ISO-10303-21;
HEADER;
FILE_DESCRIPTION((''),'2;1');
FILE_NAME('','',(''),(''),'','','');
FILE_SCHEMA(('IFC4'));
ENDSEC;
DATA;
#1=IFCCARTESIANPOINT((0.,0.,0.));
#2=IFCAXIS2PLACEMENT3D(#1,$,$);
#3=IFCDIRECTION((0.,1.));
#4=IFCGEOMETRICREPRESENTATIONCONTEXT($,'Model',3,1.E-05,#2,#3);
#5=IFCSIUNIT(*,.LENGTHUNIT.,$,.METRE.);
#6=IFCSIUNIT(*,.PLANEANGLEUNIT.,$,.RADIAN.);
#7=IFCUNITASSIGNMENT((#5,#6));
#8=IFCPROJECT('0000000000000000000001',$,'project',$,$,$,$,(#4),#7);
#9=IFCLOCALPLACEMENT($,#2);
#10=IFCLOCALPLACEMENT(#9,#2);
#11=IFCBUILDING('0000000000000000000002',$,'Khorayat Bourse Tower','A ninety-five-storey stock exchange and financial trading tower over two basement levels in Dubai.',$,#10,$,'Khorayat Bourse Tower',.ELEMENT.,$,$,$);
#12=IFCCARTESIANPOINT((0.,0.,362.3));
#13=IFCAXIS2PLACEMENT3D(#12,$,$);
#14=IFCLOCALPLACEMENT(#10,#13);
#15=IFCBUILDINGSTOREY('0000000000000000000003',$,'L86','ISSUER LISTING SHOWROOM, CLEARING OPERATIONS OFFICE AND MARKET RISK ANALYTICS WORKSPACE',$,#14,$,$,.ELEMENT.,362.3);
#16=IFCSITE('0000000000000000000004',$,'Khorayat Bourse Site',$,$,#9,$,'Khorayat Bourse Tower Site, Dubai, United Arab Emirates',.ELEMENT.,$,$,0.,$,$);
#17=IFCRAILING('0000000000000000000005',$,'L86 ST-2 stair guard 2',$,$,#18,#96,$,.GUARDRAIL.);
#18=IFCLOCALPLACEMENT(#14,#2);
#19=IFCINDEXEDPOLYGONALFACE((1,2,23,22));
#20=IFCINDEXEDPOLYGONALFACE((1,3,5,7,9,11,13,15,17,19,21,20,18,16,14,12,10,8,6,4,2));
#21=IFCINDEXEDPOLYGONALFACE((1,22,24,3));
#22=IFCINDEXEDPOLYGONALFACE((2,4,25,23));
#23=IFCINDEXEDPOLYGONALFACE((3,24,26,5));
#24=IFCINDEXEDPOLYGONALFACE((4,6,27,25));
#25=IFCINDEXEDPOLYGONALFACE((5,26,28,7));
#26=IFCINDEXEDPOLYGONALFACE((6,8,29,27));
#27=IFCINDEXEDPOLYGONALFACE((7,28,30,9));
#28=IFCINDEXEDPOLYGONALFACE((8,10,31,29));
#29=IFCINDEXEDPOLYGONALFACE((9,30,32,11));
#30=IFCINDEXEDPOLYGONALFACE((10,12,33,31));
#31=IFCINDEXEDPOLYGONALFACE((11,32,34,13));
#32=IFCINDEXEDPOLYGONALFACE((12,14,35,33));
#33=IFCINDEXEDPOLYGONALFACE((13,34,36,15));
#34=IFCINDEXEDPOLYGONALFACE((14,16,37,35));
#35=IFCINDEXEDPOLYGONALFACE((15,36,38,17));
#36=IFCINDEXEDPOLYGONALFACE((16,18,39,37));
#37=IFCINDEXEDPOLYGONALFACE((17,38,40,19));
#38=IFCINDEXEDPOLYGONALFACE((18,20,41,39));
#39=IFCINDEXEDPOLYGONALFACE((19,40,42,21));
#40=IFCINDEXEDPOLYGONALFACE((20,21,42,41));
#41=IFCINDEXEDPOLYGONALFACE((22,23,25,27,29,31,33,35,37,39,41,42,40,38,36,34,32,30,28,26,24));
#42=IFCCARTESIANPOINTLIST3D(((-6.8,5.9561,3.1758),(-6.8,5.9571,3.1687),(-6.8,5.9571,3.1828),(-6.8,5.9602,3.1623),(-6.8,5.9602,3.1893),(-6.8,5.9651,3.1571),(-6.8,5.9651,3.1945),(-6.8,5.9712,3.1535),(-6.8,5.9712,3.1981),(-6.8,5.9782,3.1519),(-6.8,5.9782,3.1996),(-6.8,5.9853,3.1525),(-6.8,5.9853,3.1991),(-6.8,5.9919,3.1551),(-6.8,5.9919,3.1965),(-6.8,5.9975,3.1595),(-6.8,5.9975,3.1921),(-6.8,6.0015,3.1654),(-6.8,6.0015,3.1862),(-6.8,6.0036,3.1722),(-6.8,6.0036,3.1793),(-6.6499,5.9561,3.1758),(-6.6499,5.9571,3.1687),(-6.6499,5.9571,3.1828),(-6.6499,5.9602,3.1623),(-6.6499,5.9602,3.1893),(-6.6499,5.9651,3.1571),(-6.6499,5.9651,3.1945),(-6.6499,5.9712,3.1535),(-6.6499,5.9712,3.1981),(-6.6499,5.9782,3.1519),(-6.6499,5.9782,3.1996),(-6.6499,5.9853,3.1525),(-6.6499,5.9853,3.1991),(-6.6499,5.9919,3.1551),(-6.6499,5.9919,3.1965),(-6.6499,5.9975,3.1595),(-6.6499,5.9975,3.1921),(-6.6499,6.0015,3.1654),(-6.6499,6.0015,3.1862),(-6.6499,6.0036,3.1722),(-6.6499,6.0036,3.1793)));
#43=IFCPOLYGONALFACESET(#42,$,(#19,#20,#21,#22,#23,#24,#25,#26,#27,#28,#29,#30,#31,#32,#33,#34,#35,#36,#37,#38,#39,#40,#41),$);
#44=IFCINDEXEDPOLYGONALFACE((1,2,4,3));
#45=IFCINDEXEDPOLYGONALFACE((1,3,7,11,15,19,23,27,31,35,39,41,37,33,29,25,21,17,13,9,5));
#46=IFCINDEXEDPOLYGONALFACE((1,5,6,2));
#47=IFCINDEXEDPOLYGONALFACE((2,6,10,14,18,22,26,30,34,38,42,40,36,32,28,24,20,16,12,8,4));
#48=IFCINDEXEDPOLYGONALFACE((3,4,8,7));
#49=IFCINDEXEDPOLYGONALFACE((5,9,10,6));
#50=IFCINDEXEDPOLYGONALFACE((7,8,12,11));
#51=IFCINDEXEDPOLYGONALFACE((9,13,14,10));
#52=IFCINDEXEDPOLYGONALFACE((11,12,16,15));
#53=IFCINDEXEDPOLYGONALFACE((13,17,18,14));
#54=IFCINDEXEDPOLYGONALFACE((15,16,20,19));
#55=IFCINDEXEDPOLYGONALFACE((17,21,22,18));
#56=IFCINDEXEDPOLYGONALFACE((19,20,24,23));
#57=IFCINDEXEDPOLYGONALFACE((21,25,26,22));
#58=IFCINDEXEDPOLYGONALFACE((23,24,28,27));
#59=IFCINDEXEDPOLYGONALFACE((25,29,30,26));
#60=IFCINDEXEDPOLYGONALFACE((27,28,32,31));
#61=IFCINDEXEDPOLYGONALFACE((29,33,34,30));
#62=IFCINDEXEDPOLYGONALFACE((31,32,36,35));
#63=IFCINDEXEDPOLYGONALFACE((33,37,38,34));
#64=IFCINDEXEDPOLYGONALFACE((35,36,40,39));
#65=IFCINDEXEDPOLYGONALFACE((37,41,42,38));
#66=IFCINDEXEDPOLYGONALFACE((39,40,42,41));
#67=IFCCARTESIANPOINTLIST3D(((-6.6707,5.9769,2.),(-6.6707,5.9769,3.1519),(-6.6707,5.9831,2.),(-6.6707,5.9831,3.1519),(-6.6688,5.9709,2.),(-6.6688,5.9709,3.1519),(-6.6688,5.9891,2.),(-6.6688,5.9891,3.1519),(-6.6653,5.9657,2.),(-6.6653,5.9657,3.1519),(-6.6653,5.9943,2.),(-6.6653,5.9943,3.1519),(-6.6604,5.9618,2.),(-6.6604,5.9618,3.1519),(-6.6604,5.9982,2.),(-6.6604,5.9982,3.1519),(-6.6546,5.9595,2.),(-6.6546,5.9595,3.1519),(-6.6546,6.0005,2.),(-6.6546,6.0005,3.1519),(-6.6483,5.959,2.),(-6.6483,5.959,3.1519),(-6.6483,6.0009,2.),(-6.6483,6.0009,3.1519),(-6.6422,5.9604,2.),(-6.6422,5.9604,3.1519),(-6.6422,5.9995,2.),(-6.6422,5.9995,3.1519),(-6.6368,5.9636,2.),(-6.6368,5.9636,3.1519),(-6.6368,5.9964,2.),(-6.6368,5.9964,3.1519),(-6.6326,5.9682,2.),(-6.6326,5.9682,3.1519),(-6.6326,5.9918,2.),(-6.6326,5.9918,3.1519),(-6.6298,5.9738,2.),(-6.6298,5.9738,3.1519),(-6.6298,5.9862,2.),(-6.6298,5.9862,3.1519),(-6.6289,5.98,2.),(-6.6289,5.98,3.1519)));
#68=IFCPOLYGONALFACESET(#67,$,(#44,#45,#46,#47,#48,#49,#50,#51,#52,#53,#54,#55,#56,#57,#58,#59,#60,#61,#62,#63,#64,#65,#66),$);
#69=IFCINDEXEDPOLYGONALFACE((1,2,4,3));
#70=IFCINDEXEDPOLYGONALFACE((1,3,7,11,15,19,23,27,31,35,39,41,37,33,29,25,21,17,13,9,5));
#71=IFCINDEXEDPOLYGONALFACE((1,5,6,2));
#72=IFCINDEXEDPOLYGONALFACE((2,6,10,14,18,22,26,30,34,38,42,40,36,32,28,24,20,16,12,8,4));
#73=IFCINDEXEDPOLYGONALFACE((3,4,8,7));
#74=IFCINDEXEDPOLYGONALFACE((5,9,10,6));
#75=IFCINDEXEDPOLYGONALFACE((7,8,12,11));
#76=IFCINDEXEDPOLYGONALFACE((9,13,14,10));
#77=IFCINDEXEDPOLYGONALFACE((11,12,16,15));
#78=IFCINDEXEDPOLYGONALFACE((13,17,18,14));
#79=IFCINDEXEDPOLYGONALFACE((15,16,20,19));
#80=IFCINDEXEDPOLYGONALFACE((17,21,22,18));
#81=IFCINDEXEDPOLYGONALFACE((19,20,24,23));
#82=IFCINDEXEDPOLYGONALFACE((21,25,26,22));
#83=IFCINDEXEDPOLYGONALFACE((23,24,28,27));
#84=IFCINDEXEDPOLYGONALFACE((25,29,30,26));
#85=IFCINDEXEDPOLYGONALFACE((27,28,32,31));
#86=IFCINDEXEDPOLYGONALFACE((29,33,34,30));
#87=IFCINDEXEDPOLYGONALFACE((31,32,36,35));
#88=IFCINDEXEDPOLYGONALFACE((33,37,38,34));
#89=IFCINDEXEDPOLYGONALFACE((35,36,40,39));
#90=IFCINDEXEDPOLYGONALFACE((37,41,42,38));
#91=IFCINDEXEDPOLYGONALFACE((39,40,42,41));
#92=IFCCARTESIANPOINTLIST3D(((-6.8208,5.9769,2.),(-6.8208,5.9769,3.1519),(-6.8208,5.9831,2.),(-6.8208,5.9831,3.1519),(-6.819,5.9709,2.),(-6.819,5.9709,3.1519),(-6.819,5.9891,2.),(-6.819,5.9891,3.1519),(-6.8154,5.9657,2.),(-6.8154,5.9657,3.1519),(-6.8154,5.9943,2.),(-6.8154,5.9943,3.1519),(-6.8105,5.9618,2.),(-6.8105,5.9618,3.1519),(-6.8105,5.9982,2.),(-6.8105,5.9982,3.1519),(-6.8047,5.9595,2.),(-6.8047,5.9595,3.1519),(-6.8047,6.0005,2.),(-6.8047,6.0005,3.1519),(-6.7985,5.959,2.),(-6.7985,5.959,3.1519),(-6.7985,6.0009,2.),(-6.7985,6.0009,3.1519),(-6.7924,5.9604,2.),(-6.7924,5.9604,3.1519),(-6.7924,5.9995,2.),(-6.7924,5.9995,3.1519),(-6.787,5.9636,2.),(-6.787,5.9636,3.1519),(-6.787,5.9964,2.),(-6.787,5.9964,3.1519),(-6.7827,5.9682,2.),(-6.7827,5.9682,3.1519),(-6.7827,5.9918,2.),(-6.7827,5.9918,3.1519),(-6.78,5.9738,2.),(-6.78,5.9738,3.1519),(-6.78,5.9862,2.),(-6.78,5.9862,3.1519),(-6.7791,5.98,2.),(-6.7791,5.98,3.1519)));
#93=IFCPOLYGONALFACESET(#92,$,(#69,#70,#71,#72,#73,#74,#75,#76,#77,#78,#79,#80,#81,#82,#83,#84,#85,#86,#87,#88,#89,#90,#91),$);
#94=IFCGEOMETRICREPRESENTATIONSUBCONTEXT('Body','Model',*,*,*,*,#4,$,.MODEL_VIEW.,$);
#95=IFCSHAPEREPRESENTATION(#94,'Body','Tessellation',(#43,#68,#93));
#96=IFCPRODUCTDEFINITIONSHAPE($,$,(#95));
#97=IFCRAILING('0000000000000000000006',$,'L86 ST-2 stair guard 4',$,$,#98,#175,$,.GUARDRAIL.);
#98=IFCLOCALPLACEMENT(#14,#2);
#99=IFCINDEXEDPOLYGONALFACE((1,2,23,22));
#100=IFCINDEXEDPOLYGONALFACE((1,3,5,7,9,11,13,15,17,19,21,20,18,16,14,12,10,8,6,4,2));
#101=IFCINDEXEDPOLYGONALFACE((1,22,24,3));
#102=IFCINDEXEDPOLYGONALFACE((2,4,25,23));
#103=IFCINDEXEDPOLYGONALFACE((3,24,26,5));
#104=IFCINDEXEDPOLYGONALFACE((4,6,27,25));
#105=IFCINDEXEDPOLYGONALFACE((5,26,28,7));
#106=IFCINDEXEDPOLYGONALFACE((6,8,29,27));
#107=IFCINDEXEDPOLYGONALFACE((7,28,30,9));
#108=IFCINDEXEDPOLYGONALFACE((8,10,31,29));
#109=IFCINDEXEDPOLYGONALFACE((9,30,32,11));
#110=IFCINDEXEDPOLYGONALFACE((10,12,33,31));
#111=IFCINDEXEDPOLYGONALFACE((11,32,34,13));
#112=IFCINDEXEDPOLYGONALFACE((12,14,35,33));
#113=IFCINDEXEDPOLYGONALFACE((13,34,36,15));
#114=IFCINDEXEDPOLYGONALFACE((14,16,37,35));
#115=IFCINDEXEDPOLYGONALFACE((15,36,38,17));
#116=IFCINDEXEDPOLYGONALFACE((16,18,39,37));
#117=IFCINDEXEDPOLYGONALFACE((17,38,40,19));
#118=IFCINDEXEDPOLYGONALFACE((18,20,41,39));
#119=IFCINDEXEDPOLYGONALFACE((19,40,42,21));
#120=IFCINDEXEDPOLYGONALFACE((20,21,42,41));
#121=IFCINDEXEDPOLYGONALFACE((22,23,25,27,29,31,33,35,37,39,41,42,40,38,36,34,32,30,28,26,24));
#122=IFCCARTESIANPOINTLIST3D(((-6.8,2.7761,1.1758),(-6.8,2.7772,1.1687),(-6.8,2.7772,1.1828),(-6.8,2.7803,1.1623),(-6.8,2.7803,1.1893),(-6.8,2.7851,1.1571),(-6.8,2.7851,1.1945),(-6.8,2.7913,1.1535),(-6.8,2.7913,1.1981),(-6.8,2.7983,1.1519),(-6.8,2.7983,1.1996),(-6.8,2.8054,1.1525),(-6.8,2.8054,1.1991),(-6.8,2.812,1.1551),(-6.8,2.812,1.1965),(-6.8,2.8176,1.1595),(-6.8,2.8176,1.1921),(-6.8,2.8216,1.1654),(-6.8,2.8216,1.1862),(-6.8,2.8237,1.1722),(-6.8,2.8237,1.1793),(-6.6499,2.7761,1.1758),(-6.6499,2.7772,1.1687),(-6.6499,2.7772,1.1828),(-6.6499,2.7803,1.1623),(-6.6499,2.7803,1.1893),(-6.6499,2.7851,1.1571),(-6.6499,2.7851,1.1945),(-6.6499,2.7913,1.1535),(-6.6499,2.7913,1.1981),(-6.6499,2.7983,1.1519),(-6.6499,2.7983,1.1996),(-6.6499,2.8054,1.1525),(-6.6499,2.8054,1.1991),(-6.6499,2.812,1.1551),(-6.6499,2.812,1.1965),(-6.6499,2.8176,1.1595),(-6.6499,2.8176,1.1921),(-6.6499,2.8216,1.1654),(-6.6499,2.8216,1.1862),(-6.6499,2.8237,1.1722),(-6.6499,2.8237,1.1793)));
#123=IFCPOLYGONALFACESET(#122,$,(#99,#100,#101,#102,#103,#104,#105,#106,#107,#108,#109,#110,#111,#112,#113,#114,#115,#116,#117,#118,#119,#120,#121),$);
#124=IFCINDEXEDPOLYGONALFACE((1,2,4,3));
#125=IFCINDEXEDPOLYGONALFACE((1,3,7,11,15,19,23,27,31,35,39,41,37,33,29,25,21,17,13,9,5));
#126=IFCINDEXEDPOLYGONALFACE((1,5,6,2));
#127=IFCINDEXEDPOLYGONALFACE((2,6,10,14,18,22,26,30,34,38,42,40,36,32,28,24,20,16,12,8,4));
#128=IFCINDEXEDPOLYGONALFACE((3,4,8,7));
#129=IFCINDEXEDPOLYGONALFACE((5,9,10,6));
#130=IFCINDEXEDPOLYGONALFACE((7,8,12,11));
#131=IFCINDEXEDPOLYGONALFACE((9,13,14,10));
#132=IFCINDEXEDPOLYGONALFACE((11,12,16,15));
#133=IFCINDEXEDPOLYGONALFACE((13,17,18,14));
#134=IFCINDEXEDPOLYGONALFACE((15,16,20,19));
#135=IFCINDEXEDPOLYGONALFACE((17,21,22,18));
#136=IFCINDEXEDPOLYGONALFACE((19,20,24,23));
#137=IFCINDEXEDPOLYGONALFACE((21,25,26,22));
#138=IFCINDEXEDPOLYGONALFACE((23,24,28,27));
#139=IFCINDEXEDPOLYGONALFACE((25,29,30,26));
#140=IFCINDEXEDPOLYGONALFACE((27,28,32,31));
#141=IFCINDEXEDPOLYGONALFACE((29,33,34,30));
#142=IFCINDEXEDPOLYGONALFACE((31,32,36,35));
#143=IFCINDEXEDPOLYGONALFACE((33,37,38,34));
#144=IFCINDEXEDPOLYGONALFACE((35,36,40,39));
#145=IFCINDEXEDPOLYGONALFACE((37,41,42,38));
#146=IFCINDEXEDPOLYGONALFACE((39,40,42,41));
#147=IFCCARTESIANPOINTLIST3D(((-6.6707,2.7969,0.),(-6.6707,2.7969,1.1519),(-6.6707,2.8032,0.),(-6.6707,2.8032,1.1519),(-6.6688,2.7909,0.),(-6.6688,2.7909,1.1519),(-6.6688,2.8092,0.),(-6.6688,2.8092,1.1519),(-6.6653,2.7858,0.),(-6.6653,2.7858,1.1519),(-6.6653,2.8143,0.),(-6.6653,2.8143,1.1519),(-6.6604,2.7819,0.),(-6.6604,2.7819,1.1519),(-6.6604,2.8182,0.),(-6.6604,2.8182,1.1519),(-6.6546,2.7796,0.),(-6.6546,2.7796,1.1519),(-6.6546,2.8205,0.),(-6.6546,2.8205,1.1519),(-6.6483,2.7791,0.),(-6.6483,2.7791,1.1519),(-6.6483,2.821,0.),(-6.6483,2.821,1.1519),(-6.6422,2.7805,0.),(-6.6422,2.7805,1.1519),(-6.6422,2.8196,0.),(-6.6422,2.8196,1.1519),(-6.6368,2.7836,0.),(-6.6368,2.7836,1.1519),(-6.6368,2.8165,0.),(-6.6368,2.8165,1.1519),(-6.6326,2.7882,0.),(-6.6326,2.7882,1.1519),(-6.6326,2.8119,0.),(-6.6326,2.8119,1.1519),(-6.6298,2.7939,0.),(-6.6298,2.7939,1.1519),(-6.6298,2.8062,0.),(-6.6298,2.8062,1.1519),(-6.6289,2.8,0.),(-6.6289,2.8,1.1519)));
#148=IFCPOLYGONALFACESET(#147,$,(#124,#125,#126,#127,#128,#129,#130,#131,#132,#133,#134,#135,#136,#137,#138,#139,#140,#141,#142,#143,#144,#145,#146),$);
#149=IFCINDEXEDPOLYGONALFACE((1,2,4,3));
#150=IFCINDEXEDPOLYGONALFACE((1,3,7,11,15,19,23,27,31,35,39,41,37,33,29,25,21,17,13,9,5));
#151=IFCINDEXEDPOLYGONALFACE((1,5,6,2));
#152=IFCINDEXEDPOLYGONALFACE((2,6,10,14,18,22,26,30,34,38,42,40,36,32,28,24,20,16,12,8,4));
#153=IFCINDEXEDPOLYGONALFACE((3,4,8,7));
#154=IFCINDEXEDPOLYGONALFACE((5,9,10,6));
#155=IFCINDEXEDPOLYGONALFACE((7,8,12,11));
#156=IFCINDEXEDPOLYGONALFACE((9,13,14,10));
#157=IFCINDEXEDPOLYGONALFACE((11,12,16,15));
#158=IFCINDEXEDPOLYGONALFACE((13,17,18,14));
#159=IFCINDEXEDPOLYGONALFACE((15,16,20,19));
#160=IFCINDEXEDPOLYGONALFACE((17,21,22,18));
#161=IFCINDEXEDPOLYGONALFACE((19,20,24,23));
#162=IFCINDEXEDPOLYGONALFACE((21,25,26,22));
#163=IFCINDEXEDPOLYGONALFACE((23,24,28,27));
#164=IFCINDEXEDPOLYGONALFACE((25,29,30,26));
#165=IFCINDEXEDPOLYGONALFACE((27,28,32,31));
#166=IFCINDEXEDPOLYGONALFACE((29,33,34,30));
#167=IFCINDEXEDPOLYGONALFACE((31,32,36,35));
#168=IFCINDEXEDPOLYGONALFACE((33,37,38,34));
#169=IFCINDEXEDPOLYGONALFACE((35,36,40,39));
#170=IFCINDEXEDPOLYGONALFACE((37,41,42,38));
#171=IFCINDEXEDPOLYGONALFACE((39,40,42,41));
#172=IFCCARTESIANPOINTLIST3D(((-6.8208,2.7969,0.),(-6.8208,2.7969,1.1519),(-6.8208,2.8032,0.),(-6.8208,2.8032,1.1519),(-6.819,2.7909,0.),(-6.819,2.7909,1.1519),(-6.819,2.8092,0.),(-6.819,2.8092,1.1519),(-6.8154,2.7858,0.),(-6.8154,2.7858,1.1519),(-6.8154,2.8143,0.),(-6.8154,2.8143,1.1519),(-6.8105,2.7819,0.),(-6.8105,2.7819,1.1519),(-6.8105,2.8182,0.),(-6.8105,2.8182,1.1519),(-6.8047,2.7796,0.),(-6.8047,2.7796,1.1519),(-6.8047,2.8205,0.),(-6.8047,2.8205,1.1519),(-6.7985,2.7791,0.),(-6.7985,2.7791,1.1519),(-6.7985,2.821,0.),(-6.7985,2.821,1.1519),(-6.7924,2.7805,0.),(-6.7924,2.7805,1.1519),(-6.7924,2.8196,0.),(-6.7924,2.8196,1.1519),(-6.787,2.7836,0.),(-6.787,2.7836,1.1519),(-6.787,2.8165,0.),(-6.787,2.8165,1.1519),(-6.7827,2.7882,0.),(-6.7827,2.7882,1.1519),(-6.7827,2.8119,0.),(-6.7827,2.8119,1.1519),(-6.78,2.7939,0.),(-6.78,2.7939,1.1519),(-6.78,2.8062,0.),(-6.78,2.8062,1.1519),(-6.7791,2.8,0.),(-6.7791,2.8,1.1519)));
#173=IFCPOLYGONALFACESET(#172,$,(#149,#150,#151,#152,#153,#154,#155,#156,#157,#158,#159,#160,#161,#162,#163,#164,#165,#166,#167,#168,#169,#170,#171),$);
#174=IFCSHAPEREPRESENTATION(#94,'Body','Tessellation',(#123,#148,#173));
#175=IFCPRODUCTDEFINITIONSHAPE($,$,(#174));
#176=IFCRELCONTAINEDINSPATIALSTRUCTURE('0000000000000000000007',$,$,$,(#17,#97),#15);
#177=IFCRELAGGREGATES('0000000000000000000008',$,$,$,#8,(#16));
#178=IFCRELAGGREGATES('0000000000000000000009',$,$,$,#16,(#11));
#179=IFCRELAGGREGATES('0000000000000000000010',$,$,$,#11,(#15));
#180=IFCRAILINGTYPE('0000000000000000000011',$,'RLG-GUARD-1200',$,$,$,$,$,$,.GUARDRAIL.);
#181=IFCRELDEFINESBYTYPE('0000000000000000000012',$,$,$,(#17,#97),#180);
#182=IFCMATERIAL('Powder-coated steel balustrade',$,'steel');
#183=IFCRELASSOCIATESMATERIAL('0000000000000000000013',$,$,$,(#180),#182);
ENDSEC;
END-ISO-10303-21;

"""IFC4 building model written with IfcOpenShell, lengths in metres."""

from ifc_helpers import new_model, si_unit, direction, frame, origin, origin_2d, place, context, subcontext, project, spatial, circle, extrude, source, transform, mapped, material, type_object, element, save


model = new_model("IFC4")

# Units and contexts
model_context = context("Model", 3, precision=1e-05, world=origin(), true_north=direction((0.0, 1.0)))
body_context = subcontext(model_context, "Body", "Model", "MODEL_VIEW")
ifc_project = project(units=[si_unit("LENGTHUNIT", "METRE"), si_unit("PLANEANGLEUNIT", "RADIAN")], contexts=[model_context])

# Site, building, storey
site_placement = place(None, origin())
site = spatial("IfcSite", under=ifc_project, at=site_placement, Name="Khorayat Bourse Site", LongName="Khorayat Bourse Tower Site, Dubai, United Arab Emirates", CompositionType="ELEMENT", RefElevation=0.0)
building_placement = place(site_placement, origin())
building = spatial("IfcBuilding", under=site, at=building_placement, Name="Khorayat Bourse Tower", Description="A ninety-five-storey stock exchange and financial trading tower over two basement levels in Dubai.", LongName="Khorayat Bourse Tower", CompositionType="ELEMENT")
storey_placement = place(building_placement, frame((0.0, 0.0, 362.3)))
storey = spatial("IfcBuildingStorey", under=building, at=storey_placement, Name="L86", Description="ISSUER LISTING SHOWROOM, CLEARING OPERATIONS OFFICE AND MARKET RISK ANALYTICS WORKSPACE", CompositionType="ELEMENT", Elevation=362.3)

# Railings
ifc_material_1 = material(Name="Powder-coated steel balustrade", Category="steel")
railing_type_1 = type_object("IfcRailingType", Name="RLG-GUARD-1200", PredefinedType="GUARDRAIL", material=ifc_material_1)
shared_shape_1 = source(origin(), body_context, "Body", "SweptSolid", [
    extrude(circle(Radius=0.0239, at=origin_2d()), frame((0.0, 0.0, 1.1758), z_axis=(-1.0, 0.0, 0.0), x_axis=(0.0, -1.0, 0.0)), (0.0, 0.0, 1.0), 0.1501),
    extrude(circle(Radius=0.021, at=origin_2d()), origin(), (0.0, 0.0, 1.0), 1.1519),
    extrude(circle(Radius=0.021, at=origin_2d()), frame((-0.1501, 0.0, 0.0)), (0.0, 0.0, 1.0), 1.1519),
])
for number, where, name in (
    (1, (-6.6499, 5.98, 2.0), "L86 ST-2 stair guard 2"),
    (2, (-6.6499, 2.8, 0.0), "L86 ST-2 stair guard 4"),
):
    element("IfcRailing", number, at=place(storey_placement, frame(where)), inside=storey, type_object=railing_type_1, Name=name, PredefinedType="GUARDRAIL", context=body_context, shape_type="MappedRepresentation", body=[
        mapped(shared_shape_1, transform((0.0, 0.0, 0.0), scale=1.0)),
    ])

save(model, "model.ifc")
